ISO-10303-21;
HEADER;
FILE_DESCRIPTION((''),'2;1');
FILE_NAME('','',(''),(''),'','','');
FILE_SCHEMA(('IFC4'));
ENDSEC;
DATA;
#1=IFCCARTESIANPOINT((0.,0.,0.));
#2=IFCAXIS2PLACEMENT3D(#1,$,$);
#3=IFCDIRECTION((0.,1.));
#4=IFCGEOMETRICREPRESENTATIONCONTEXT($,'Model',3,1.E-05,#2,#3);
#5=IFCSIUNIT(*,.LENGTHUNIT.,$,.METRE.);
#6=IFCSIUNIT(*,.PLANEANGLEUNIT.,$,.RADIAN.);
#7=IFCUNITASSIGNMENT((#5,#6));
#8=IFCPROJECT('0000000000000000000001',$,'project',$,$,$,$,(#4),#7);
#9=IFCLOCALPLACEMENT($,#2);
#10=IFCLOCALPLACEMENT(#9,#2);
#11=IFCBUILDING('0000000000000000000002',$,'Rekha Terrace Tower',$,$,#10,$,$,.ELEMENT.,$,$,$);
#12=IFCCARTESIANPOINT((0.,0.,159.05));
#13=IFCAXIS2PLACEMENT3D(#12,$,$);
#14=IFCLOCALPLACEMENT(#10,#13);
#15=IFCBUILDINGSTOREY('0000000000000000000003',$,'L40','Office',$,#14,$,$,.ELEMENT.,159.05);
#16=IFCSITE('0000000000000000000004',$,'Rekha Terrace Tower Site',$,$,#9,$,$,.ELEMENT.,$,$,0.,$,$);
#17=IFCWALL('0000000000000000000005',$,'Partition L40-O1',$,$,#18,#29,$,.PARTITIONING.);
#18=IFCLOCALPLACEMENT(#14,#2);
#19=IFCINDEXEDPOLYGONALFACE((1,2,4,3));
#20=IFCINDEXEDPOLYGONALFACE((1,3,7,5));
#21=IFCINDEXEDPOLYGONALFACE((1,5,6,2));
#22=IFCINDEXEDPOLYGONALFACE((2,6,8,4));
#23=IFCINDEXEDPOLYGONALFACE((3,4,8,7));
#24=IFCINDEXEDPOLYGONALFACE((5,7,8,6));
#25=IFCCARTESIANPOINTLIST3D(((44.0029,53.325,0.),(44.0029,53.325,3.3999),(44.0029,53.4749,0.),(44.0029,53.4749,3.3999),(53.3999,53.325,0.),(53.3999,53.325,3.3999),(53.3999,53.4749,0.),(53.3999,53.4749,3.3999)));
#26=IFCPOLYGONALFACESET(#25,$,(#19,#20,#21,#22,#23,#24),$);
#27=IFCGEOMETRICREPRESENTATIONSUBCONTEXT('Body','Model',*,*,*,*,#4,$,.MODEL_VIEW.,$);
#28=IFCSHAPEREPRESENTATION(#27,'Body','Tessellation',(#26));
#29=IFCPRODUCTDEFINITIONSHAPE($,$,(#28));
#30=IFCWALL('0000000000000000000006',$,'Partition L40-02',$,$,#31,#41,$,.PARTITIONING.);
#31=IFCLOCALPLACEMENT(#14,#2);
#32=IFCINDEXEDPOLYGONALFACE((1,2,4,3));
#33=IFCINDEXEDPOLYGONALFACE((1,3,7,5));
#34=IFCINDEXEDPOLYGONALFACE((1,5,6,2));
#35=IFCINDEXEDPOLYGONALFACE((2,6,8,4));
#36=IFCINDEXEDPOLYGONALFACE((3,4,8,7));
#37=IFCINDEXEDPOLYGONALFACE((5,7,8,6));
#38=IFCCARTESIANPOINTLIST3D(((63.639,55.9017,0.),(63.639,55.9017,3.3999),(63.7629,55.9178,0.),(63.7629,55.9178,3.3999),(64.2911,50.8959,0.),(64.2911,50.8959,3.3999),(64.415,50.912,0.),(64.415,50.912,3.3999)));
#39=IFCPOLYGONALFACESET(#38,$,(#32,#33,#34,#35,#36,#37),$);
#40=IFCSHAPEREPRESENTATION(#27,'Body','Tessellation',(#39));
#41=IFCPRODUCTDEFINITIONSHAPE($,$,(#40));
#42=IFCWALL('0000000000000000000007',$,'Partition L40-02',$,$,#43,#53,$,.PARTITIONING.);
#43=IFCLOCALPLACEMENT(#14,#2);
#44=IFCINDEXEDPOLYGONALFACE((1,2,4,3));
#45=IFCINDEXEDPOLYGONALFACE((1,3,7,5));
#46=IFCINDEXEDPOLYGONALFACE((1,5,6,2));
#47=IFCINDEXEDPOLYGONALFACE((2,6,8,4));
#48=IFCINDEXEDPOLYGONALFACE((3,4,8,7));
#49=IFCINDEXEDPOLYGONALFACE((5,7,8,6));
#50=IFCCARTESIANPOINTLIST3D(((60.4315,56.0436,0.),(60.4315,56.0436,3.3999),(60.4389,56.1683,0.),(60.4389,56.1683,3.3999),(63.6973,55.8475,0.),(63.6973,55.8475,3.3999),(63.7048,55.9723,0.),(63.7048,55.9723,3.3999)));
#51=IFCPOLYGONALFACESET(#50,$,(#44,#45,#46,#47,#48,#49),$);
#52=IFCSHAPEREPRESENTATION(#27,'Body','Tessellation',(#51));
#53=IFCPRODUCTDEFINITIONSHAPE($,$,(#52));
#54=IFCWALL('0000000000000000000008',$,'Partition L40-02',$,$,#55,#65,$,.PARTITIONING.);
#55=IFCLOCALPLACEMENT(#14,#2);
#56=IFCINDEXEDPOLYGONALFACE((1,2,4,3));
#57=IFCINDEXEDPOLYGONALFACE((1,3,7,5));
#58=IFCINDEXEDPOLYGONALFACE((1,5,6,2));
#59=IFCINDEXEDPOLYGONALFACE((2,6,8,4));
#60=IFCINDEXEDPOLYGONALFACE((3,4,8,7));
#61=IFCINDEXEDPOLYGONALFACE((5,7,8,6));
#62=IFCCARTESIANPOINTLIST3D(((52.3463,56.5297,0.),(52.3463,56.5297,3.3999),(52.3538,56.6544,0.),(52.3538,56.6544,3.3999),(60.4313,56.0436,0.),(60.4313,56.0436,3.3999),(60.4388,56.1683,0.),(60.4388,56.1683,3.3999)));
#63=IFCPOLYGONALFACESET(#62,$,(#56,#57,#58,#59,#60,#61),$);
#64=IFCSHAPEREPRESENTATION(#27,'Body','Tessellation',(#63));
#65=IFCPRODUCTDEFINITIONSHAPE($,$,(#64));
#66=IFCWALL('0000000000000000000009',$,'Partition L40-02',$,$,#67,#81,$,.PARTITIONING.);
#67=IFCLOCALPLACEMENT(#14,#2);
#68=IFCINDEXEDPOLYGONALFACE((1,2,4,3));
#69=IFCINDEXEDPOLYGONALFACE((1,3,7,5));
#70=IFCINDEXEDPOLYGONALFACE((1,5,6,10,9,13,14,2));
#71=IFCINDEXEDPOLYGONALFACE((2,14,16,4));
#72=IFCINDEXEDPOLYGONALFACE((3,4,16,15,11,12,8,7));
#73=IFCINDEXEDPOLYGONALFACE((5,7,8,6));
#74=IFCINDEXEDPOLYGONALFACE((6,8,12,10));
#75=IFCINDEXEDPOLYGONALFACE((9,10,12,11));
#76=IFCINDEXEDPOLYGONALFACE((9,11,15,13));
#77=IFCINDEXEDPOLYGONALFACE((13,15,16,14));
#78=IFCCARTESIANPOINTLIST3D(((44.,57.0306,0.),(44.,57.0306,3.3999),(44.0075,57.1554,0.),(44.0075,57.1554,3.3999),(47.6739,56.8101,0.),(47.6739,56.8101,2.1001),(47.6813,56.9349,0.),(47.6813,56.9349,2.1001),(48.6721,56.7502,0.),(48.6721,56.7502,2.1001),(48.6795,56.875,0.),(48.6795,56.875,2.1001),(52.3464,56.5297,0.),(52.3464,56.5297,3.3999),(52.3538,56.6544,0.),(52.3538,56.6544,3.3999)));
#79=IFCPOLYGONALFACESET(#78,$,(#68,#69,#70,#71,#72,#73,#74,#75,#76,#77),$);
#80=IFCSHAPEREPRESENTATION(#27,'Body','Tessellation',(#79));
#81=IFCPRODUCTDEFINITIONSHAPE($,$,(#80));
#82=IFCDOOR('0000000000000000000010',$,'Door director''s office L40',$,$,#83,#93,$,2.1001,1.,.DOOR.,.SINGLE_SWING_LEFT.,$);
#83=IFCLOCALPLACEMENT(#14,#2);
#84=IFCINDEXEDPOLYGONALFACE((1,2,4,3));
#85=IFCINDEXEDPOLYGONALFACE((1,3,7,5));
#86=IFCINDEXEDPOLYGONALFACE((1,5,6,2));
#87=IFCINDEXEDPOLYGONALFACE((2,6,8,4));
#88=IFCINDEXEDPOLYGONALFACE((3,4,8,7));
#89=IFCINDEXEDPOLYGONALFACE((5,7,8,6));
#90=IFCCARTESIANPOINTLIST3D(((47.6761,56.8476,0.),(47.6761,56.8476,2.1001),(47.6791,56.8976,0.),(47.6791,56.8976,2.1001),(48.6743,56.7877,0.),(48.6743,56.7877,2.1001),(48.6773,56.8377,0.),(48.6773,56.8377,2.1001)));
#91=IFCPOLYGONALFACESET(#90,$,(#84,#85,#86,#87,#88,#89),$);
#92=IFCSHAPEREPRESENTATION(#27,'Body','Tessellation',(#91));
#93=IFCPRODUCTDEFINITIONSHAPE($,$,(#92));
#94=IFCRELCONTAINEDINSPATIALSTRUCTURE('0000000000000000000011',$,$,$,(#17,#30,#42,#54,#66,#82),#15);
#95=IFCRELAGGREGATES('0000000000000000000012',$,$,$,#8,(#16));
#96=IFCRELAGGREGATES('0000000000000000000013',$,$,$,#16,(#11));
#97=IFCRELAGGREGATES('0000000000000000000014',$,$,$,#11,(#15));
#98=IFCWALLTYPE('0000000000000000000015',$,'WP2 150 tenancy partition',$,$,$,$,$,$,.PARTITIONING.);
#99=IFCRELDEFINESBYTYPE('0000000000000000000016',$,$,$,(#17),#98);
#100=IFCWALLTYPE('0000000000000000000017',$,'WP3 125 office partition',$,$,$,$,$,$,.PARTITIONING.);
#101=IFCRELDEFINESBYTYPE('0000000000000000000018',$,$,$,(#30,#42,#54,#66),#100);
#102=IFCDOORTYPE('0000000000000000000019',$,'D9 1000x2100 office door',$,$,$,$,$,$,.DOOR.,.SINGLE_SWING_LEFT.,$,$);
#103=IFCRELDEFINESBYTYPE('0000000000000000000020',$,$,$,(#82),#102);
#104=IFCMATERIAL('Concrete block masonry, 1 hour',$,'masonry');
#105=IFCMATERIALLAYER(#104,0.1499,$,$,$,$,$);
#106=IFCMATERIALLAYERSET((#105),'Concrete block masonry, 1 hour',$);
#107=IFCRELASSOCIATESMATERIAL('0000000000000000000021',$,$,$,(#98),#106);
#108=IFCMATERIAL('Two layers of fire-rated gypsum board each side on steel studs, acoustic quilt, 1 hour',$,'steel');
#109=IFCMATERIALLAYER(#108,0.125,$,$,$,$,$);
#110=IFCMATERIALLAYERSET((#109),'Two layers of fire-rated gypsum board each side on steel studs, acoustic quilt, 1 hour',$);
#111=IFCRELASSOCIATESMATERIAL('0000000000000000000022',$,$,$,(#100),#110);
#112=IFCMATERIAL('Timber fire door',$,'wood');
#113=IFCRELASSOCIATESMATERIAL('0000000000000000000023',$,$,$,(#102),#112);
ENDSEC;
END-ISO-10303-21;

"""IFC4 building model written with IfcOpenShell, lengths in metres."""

from ifc_helpers import new_model, si_unit, direction, frame, frame_2d, origin, place, context, subcontext, project, spatial, rectangle, extrude, material, layer, layer_set, type_object, element, fill, save


model = new_model("IFC4")

# Units and contexts
model_context = context("Model", 3, precision=1e-05, world=origin(), true_north=direction((0.0, 1.0)))
body_context = subcontext(model_context, "Body", "Model", "MODEL_VIEW")
ifc_project = project(units=[si_unit("LENGTHUNIT", "METRE"), si_unit("PLANEANGLEUNIT", "RADIAN")], contexts=[model_context])

# Site, building, storey
site_placement = place(None, origin())
site = spatial("IfcSite", under=ifc_project, at=site_placement, Name="Rekha Terrace Tower Site", CompositionType="ELEMENT", RefElevation=0.0)
building_placement = place(site_placement, origin())
building = spatial("IfcBuilding", under=site, at=building_placement, Name="Rekha Terrace Tower", CompositionType="ELEMENT")
storey_placement = place(building_placement, frame((0.0, 0.0, 159.05)))
storey = spatial("IfcBuildingStorey", under=building, at=storey_placement, Name="L40", Description="Office", CompositionType="ELEMENT", Elevation=159.05)

# Walls
ifc_material_1 = material(Name="Concrete block masonry, 1 hour", Category="masonry")
ifc_layer_1 = layer(ifc_material_1, 0.1499)
ifc_layer_set_1 = layer_set([ifc_layer_1], Name="Concrete block masonry, 1 hour")
wall_type_1 = type_object("IfcWallType", Name="WP2 150 tenancy partition", PredefinedType="PARTITIONING", material=ifc_layer_set_1)
wall_1_placement = place(storey_placement, frame((53.3999, 53.3999, 0.0), z_axis=(0.0, 0.0, 1.0), x_axis=(-1.0, 0.0, 0.0)))
element("IfcWall", 1, at=wall_1_placement, inside=storey, type_object=wall_type_1, Name="Partition L40-O1", PredefinedType="PARTITIONING", context=body_context, shape_type="SweptSolid", body=[
    extrude(rectangle(XDim=9.397, YDim=0.1499, at=frame_2d((4.6985, 0.0))), origin(), (0.0, 0.0, 1.0), 3.3999),
])
ifc_material_2 = material(Name="Two layers of fire-rated gypsum board each side on steel studs, acoustic quilt, 1 hour", Category="steel")
ifc_layer_2 = layer(ifc_material_2, 0.125)
ifc_layer_set_2 = layer_set([ifc_layer_2], Name="Two layers of fire-rated gypsum board each side on steel studs, acoustic quilt, 1 hour")
wall_type_2 = type_object("IfcWallType", Name="WP3 125 office partition", PredefinedType="PARTITIONING", material=ifc_layer_set_2)
wall_2_placement = place(storey_placement, frame((64.353, 50.9041, 0.0), z_axis=(0.0, 0.0, 1.0), x_axis=(-0.129176, 0.991622, 0.0)))
element("IfcWall", 2, at=wall_2_placement, inside=storey, type_object=wall_type_2, Name="Partition L40-02", PredefinedType="PARTITIONING", context=body_context, shape_type="SweptSolid", body=[
    extrude(rectangle(XDim=5.0481, YDim=0.125, at=frame_2d((2.5239, 0.0))), origin(), (0.0, 0.0, 1.0), 3.3999),
])
wall_3_placement = place(storey_placement, frame((63.7009, 55.9099, 0.0), z_axis=(0.0, 0.0, 1.0), x_axis=(-0.998203, 0.059921, 0.0)))
element("IfcWall", 3, at=wall_3_placement, inside=storey, type_object=wall_type_2, Name="Partition L40-02", PredefinedType="PARTITIONING", context=body_context, shape_type="SweptSolid", body=[
    extrude(rectangle(XDim=3.2717, YDim=0.125, at=frame_2d((1.6357, 0.0))), origin(), (0.0, 0.0, 1.0), 3.3999),
])
wall_4_placement = place(storey_placement, frame((60.4351, 56.106, 0.0), z_axis=(0.0, 0.0, 1.0), x_axis=(-0.998198, 0.060014, 0.0)))
element("IfcWall", 4, at=wall_4_placement, inside=storey, type_object=wall_type_2, Name="Partition L40-02", PredefinedType="PARTITIONING", context=body_context, shape_type="SweptSolid", body=[
    extrude(rectangle(XDim=8.0996, YDim=0.125, at=frame_2d((4.0498, 0.0))), origin(), (0.0, 0.0, 1.0), 3.3999),
])

# Wall, opening, door
wall_5_placement = place(storey_placement, frame((52.3501, 56.592, 0.0), z_axis=(0.0, 0.0, 1.0), x_axis=(-0.998203, 0.059917, 0.0)))
wall_5 = element("IfcWall", 5, at=wall_5_placement, inside=storey, type_object=wall_type_2, Name="Partition L40-02", PredefinedType="PARTITIONING", context=body_context, shape_type="SweptSolid", body=[
    extrude(rectangle(XDim=8.3613, YDim=0.125, at=frame_2d((4.1807, 0.0))), origin(), (0.0, 0.0, 1.0), 3.3999),
])
opening_placement = place(wall_5_placement, frame((3.6809, 0.0, 0.0)))
opening = element("IfcOpeningElement", 6, at=opening_placement, cuts=wall_5, PredefinedType="OPENING", context=body_context, shape_type="SweptSolid", body=[
    extrude(rectangle(XDim=1.0, YDim=2.1001, at=frame_2d((0.5, 1.05))), frame((0.0, 0.0725, 0.0), z_axis=(0.0, -1.0, 0.0), x_axis=(1.0, 0.0, 0.0)), (0.0, 0.0, 1.0), 0.145),
])
ifc_material_3 = material(Name="Timber fire door", Category="wood")
door_type = type_object("IfcDoorType", Name="D9 1000x2100 office door", OperationType="SINGLE_SWING_LEFT", PredefinedType="DOOR", material=ifc_material_3)
door_placement = place(opening_placement, origin())
door = element("IfcDoor", 7, at=door_placement, inside=storey, type_object=door_type, Name="Door director's office L40", OperationType="SINGLE_SWING_LEFT", OverallHeight=2.1001, OverallWidth=1.0, PredefinedType="DOOR", context=body_context, shape_type="SweptSolid", body=[
    extrude(rectangle(XDim=1.0, YDim=2.1001, at=frame_2d((0.5, 1.05))), frame((0.0, 0.0249, 0.0), z_axis=(0.0, -1.0, 0.0), x_axis=(1.0, 0.0, 0.0)), (0.0, 0.0, 1.0), 0.05),
])
fill(opening, door)

save(model, "model.ifc")
